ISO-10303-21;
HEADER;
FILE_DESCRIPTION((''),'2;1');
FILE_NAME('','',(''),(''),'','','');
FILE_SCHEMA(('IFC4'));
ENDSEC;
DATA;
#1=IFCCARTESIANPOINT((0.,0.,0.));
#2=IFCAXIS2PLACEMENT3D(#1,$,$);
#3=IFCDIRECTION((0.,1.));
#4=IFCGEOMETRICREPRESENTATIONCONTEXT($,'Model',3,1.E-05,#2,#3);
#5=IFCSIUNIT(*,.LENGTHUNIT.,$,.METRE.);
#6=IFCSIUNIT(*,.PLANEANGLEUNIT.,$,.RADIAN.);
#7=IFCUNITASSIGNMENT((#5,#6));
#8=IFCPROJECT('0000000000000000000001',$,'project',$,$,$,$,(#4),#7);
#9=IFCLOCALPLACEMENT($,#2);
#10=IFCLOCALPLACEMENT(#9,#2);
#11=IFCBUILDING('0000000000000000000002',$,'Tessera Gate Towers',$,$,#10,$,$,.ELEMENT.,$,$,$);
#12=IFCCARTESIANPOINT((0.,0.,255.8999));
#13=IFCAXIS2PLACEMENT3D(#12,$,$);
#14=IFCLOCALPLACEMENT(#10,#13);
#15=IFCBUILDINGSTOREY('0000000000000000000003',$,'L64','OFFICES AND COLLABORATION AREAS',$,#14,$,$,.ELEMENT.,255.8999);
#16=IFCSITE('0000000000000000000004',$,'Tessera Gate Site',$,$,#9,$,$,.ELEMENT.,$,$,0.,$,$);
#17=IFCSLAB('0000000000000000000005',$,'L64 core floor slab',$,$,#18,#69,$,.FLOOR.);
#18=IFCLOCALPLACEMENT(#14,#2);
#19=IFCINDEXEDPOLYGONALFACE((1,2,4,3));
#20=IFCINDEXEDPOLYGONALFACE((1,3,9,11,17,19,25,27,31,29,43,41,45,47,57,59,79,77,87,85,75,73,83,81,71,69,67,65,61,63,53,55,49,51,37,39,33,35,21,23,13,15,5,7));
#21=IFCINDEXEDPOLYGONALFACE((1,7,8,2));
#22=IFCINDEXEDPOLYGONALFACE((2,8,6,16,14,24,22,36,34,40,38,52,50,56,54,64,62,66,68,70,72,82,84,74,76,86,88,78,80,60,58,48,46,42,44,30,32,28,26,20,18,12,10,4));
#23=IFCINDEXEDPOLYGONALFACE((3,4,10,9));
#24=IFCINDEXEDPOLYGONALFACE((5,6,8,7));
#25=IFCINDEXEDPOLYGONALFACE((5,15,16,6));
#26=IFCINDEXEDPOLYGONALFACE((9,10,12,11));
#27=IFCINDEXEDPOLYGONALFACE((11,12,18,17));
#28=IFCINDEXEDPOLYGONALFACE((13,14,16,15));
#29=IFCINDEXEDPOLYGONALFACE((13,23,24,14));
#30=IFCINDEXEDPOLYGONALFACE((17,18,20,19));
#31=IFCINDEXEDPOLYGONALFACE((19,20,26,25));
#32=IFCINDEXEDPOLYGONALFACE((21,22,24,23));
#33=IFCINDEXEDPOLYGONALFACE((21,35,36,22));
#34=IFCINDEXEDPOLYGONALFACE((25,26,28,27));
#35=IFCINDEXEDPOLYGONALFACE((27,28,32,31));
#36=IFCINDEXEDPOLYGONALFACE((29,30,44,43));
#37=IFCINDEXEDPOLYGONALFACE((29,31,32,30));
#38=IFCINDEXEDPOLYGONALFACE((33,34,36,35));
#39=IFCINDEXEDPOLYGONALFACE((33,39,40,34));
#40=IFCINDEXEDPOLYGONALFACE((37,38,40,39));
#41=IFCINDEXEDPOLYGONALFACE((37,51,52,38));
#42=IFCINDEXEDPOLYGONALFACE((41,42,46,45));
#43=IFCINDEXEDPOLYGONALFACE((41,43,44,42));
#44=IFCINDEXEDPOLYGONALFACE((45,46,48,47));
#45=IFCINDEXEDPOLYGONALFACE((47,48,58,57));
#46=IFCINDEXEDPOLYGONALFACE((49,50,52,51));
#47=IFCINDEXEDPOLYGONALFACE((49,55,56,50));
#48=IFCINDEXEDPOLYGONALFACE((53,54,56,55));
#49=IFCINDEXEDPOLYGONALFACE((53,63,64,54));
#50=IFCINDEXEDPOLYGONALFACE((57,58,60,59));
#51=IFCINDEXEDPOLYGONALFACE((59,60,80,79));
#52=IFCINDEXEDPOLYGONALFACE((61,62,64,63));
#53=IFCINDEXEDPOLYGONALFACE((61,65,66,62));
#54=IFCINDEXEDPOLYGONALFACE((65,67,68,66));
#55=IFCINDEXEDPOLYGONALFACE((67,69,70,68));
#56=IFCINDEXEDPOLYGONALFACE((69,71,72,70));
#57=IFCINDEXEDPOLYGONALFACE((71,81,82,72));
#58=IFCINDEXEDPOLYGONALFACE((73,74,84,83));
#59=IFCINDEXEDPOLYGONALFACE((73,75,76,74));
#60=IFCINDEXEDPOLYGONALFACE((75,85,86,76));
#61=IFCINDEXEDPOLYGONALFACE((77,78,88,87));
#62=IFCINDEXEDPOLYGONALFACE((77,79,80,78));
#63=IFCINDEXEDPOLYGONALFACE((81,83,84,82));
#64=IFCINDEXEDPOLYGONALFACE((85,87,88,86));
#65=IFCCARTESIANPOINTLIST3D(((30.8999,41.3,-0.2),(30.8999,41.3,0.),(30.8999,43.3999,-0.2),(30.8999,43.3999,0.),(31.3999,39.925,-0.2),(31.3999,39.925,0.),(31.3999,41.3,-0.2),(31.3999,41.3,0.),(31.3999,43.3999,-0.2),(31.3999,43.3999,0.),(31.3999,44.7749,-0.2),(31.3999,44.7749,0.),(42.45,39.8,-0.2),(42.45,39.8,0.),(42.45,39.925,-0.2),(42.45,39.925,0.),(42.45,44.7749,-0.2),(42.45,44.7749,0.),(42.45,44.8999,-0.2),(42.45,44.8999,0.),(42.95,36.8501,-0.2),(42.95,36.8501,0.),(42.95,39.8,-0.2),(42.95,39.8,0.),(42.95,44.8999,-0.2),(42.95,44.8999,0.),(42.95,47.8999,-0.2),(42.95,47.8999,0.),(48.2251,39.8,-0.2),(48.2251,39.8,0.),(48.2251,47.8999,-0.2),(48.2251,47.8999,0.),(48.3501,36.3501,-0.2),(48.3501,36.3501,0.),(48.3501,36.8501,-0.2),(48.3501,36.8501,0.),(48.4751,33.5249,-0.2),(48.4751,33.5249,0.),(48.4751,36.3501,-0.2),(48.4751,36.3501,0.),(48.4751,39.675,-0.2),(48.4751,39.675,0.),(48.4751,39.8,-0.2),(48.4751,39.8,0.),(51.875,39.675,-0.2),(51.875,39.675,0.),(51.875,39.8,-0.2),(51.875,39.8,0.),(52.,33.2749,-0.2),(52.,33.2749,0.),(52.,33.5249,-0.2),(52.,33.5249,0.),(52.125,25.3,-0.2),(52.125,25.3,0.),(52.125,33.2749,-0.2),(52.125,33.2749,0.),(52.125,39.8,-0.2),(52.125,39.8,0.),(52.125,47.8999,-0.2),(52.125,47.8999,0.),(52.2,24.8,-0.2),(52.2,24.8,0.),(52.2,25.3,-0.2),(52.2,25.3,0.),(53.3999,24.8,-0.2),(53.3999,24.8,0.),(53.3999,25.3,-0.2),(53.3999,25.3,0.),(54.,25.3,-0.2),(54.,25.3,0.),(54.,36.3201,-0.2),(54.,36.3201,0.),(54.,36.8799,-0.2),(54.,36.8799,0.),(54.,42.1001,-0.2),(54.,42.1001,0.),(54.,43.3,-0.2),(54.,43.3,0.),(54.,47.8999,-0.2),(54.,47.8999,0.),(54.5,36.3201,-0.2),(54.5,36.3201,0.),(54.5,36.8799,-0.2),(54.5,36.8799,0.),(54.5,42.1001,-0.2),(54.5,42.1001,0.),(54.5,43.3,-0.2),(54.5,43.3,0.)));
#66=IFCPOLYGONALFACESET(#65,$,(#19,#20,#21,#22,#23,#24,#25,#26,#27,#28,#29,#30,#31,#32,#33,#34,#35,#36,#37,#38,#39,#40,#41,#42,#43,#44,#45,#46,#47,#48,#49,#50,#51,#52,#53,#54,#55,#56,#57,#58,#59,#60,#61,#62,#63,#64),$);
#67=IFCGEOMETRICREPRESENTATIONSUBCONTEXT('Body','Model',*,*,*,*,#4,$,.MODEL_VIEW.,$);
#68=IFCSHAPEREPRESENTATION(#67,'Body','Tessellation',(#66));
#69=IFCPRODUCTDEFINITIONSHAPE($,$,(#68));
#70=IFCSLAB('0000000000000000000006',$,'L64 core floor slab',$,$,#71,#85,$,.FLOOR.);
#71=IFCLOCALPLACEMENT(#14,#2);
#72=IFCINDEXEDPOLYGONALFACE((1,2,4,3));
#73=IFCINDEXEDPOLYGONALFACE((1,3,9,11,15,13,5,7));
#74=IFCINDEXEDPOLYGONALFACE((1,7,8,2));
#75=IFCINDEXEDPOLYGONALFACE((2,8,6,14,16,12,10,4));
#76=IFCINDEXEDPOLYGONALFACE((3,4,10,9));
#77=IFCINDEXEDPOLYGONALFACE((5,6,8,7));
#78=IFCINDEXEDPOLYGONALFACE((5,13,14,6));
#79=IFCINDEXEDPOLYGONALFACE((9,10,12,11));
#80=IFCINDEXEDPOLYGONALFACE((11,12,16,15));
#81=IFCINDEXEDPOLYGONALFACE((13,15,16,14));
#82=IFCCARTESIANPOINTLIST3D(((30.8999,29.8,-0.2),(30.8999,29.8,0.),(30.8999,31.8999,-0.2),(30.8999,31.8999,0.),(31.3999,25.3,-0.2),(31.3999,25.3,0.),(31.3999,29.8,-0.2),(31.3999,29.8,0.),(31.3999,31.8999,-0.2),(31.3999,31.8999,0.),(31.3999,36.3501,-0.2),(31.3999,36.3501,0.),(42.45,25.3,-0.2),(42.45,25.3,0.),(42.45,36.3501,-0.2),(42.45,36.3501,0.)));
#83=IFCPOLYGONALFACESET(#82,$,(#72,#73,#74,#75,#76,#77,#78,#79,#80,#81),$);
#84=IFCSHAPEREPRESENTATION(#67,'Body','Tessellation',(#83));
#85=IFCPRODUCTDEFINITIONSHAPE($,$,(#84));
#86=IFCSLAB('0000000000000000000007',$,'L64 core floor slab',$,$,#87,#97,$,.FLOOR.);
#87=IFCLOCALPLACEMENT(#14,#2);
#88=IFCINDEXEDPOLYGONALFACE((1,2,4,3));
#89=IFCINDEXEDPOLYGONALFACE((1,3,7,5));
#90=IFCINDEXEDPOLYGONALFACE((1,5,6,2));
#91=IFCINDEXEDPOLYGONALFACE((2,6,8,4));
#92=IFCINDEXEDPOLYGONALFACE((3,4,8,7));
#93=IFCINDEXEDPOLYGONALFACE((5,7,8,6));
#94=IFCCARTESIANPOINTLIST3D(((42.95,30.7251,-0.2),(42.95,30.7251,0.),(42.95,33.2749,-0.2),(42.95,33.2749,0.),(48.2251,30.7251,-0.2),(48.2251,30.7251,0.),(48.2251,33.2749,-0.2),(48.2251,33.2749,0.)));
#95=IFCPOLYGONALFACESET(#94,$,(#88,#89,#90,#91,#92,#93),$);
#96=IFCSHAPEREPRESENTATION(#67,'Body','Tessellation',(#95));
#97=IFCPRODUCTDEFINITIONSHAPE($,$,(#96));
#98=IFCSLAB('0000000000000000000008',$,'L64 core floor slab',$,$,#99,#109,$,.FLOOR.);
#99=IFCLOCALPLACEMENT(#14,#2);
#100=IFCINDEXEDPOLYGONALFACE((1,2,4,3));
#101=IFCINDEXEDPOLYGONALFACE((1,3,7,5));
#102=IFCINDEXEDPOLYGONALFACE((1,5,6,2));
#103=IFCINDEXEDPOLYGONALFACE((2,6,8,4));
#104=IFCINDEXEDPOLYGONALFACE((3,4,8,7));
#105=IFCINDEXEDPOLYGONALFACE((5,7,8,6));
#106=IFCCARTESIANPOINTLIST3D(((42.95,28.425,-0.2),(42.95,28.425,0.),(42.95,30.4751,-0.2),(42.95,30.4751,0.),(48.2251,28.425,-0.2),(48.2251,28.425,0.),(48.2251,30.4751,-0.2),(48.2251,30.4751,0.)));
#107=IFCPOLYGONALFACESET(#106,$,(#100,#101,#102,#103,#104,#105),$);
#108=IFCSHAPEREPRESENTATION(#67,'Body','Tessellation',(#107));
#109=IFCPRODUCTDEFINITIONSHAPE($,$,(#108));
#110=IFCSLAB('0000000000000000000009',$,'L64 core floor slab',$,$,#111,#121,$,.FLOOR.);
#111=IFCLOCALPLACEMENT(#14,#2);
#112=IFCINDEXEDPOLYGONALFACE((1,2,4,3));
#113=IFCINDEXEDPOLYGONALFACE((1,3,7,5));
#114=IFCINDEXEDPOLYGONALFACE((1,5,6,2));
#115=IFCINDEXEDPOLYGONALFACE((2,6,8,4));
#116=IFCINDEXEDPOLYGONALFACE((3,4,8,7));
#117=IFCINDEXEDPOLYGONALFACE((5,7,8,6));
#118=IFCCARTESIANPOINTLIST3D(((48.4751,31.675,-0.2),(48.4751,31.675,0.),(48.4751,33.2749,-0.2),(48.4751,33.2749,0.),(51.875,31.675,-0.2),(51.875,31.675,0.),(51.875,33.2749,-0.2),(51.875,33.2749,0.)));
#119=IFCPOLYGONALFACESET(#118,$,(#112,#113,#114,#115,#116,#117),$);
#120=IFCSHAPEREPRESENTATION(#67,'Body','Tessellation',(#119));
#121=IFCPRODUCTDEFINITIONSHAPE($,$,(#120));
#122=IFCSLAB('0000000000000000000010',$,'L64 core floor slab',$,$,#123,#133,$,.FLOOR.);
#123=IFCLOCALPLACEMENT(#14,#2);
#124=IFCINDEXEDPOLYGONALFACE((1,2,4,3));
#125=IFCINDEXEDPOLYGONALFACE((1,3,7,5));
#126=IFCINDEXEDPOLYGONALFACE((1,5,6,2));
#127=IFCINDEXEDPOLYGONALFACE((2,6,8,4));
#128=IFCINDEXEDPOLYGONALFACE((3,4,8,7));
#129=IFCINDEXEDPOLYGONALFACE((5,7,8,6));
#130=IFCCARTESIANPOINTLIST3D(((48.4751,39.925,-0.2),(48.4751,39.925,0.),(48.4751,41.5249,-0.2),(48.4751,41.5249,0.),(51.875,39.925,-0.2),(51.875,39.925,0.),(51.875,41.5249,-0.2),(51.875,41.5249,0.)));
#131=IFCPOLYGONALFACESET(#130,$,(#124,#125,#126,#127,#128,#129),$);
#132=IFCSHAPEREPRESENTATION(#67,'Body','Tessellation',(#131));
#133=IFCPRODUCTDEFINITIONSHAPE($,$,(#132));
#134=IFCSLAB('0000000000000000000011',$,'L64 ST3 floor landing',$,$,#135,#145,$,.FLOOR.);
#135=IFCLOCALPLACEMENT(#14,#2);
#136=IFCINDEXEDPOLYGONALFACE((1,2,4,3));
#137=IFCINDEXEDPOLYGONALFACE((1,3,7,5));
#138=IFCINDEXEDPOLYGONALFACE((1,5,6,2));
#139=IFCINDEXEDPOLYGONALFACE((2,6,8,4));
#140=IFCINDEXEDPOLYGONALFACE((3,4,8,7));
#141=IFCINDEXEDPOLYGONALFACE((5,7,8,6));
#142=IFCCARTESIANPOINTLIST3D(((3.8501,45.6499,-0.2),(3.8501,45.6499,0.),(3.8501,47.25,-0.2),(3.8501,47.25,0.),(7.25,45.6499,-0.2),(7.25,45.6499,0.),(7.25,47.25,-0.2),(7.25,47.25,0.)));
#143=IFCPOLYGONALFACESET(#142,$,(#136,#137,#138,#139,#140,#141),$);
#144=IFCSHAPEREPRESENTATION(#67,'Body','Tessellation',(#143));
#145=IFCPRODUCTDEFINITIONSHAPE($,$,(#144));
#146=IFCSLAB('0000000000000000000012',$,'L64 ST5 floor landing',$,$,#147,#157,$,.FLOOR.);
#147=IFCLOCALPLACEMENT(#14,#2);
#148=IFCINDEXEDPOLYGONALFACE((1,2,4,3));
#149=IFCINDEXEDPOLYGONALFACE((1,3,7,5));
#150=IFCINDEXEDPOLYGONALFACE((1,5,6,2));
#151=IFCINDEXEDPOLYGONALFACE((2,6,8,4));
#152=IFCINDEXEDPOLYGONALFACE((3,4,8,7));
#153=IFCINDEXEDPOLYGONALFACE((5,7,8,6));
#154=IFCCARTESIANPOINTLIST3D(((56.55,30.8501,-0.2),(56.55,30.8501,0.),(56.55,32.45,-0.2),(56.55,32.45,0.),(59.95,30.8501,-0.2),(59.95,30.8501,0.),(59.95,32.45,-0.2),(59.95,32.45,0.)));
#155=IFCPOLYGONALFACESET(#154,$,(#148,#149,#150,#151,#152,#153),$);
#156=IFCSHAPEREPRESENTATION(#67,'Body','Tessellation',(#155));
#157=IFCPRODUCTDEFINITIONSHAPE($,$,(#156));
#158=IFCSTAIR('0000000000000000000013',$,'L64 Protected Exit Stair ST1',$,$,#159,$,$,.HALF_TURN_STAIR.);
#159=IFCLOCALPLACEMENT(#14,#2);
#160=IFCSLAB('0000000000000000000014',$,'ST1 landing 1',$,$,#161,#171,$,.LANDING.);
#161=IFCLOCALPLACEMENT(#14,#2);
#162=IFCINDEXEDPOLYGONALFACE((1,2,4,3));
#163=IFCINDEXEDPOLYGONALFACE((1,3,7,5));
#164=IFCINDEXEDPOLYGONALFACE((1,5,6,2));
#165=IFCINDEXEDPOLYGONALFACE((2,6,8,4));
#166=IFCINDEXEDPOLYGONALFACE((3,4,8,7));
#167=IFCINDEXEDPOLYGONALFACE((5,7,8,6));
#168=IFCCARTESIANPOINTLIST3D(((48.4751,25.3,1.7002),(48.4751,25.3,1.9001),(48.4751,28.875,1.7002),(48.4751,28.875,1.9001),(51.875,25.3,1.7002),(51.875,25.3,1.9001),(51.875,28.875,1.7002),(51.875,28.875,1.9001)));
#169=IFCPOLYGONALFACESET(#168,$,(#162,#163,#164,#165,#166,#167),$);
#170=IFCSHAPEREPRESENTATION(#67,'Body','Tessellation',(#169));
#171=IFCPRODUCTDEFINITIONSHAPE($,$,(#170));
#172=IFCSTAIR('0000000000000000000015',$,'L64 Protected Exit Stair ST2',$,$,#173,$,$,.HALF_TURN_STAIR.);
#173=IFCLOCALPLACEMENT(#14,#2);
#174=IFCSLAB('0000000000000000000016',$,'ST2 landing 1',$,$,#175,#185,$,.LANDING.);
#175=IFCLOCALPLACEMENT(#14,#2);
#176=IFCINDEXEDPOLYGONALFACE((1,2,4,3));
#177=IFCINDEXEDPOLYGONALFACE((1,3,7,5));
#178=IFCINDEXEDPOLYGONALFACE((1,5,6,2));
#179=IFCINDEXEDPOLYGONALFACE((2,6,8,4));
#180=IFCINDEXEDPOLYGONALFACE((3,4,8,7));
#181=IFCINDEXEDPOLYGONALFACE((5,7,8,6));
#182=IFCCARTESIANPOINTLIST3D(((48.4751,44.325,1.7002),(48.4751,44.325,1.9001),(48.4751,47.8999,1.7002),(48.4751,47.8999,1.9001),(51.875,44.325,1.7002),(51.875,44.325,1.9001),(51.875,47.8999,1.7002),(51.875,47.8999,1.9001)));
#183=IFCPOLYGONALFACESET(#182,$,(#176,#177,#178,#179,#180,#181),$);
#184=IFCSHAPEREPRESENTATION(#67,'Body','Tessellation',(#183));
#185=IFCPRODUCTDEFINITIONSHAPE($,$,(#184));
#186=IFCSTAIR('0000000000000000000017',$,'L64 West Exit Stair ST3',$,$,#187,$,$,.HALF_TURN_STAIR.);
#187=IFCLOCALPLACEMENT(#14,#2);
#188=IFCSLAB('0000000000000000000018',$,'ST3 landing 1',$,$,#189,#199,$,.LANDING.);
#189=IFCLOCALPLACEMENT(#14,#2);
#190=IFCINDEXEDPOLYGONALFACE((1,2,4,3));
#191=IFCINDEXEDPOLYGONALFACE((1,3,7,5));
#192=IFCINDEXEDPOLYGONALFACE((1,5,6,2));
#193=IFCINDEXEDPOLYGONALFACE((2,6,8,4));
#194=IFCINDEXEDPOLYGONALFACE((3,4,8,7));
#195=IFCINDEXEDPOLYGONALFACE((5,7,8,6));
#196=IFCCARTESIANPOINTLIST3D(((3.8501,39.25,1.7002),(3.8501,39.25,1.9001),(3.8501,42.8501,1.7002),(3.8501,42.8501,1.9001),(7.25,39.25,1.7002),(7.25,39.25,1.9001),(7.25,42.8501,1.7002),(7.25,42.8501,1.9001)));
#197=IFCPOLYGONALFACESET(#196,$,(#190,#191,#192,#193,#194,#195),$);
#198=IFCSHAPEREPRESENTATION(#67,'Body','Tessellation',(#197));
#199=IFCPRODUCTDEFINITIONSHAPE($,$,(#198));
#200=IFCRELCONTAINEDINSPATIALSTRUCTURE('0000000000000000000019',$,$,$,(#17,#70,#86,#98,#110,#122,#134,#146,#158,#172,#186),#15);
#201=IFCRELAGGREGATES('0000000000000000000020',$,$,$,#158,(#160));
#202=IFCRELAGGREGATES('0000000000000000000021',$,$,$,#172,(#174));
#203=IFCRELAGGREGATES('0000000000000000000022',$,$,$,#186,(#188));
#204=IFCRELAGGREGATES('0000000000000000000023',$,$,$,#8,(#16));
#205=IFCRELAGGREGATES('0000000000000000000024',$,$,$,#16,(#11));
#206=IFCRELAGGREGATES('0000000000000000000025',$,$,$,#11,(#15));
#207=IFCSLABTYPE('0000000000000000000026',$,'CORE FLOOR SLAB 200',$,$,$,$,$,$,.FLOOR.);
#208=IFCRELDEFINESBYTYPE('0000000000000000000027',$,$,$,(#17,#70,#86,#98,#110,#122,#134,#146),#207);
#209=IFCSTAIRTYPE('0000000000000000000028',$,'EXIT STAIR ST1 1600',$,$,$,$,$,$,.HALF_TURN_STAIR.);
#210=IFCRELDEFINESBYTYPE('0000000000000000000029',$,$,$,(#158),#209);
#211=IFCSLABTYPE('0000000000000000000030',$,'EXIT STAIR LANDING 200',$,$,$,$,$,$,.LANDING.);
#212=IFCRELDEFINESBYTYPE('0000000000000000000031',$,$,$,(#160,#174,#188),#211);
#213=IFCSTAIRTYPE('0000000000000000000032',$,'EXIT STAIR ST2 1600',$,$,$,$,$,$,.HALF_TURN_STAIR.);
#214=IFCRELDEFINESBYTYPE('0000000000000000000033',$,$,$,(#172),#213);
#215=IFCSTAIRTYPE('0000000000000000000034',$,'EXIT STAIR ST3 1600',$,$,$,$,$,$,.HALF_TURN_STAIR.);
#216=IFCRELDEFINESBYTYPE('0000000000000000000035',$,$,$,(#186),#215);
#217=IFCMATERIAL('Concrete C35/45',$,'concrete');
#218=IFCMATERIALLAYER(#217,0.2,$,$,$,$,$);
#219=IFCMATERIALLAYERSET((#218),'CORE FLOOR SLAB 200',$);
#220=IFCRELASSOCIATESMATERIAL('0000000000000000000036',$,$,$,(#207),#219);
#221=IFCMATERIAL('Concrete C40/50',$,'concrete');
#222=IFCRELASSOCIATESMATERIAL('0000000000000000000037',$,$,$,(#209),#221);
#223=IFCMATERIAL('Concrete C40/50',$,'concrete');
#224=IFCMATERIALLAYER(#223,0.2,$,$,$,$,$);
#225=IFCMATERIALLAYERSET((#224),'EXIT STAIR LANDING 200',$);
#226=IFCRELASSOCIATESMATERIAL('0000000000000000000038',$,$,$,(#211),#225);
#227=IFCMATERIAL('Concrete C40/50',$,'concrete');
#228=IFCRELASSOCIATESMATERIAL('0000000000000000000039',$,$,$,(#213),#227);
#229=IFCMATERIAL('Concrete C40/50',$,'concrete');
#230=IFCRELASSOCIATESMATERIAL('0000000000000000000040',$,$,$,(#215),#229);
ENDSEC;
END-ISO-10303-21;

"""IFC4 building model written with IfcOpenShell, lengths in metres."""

from ifc_helpers import new_model, si_unit, direction, frame, origin, place, context, subcontext, project, spatial, polyline, outline, extrude, material, layer, layer_set, type_object, element, aggregate, save


model = new_model("IFC4")

# Units and contexts
model_context = context("Model", 3, precision=1e-05, world=origin(), true_north=direction((0.0, 1.0)))
body_context = subcontext(model_context, "Body", "Model", "MODEL_VIEW")
ifc_project = project(units=[si_unit("LENGTHUNIT", "METRE"), si_unit("PLANEANGLEUNIT", "RADIAN")], contexts=[model_context])

# Site, building, storey
site_placement = place(None, origin())
site = spatial("IfcSite", under=ifc_project, at=site_placement, Name="Tessera Gate Site", CompositionType="ELEMENT", RefElevation=0.0)
building_placement = place(site_placement, origin())
building = spatial("IfcBuilding", under=site, at=building_placement, Name="Tessera Gate Towers", CompositionType="ELEMENT")
storey_placement = place(building_placement, frame((0.0, 0.0, 255.8999)))
storey = spatial("IfcBuildingStorey", under=building, at=storey_placement, Name="L64", Description="OFFICES AND COLLABORATION AREAS", CompositionType="ELEMENT", Elevation=255.8999)

# Slabs
ifc_material_1 = material(Name="Concrete C35/45", Category="concrete")
ifc_layer_1 = layer(ifc_material_1, 0.2)
ifc_layer_set_1 = layer_set([ifc_layer_1], Name="CORE FLOOR SLAB 200")
slab_type_1 = type_object("IfcSlabType", Name="CORE FLOOR SLAB 200", PredefinedType="FLOOR", material=ifc_layer_set_1)
slab_1_placement = place(storey_placement, frame((0.0, 0.0, -0.2)))
element("IfcSlab", 1, at=slab_1_placement, inside=storey, type_object=slab_type_1, Name="L64 core floor slab", PredefinedType="FLOOR", context=body_context, shape_type="SweptSolid", body=[
    extrude(outline(polyline([(42.45, 44.8999), (42.45, 44.7749), (31.3999, 44.7749), (31.3999, 43.3999), (30.8999, 43.3999), (30.8999, 41.3), (31.3999, 41.3), (31.3999, 39.925), (42.45, 39.925), (42.45, 39.8), (42.95, 39.8), (42.95, 36.8501), (48.3501, 36.8501), (48.3501, 36.3501), (48.4751, 36.3501), (48.4751, 33.5249), (52.0, 33.5249), (52.0, 33.2749), (52.125, 33.2749), (52.125, 25.3), (52.2, 25.3), (52.2, 24.8), (53.3999, 24.8), (53.3999, 25.3), (54.0, 25.3), (54.0, 36.3201), (54.5, 36.3201), (54.5, 36.8799), (54.0, 36.8799), (54.0, 42.1001), (54.5, 42.1001), (54.5, 43.3), (54.0, 43.3), (54.0, 47.8999), (52.125, 47.8999), (52.125, 39.8), (51.875, 39.8), (51.875, 39.675), (48.4751, 39.675), (48.4751, 39.8), (48.2251, 39.8), (48.2251, 47.8999), (42.95, 47.8999), (42.95, 44.8999), (42.45, 44.8999)])), origin(), (0.0, 0.0, 1.0), 0.2),
])
slab_2_placement = place(storey_placement, frame((0.0, 0.0, -0.2)))
element("IfcSlab", 2, at=slab_2_placement, inside=storey, type_object=slab_type_1, Name="L64 core floor slab", PredefinedType="FLOOR", context=body_context, shape_type="SweptSolid", body=[
    extrude(outline(polyline([(31.3999, 36.3501), (31.3999, 31.8999), (30.8999, 31.8999), (30.8999, 29.8), (31.3999, 29.8), (31.3999, 25.3), (42.45, 25.3), (42.45, 36.3501), (31.3999, 36.3501)])), origin(), (0.0, 0.0, 1.0), 0.2),
])
slab_3_placement = place(storey_placement, frame((0.0, 0.0, -0.2)))
element("IfcSlab", 3, at=slab_3_placement, inside=storey, type_object=slab_type_1, Name="L64 core floor slab", PredefinedType="FLOOR", context=body_context, shape_type="SweptSolid", body=[
    extrude(outline(polyline([(42.95, 33.2749), (42.95, 30.7251), (48.2251, 30.7251), (48.2251, 33.2749), (42.95, 33.2749)])), origin(), (0.0, 0.0, 1.0), 0.2),
])
slab_4_placement = place(storey_placement, frame((0.0, 0.0, -0.2)))
element("IfcSlab", 4, at=slab_4_placement, inside=storey, type_object=slab_type_1, Name="L64 core floor slab", PredefinedType="FLOOR", context=body_context, shape_type="SweptSolid", body=[
    extrude(outline(polyline([(48.2251, 30.4751), (42.95, 30.4751), (42.95, 28.425), (48.2251, 28.425), (48.2251, 30.4751)])), origin(), (0.0, 0.0, 1.0), 0.2),
])
slab_5_placement = place(storey_placement, frame((0.0, 0.0, -0.2)))
element("IfcSlab", 5, at=slab_5_placement, inside=storey, type_object=slab_type_1, Name="L64 core floor slab", PredefinedType="FLOOR", context=body_context, shape_type="SweptSolid", body=[
    extrude(outline(polyline([(51.875, 31.675), (51.875, 33.2749), (48.4751, 33.2749), (48.4751, 31.675), (51.875, 31.675)])), origin(), (0.0, 0.0, 1.0), 0.2),
])
slab_6_placement = place(storey_placement, frame((0.0, 0.0, -0.2)))
element("IfcSlab", 6, at=slab_6_placement, inside=storey, type_object=slab_type_1, Name="L64 core floor slab", PredefinedType="FLOOR", context=body_context, shape_type="SweptSolid", body=[
    extrude(outline(polyline([(48.4751, 41.5249), (48.4751, 39.925), (51.875, 39.925), (51.875, 41.5249), (48.4751, 41.5249)])), origin(), (0.0, 0.0, 1.0), 0.2),
])
slab_7_placement = place(storey_placement, frame((0.0, 0.0, -0.2)))
element("IfcSlab", 7, at=slab_7_placement, inside=storey, type_object=slab_type_1, Name="L64 ST3 floor landing", PredefinedType="FLOOR", context=body_context, shape_type="SweptSolid", body=[
    extrude(outline(polyline([(3.8501, 47.25), (3.8501, 45.6499), (7.25, 45.6499), (7.25, 47.25), (3.8501, 47.25)])), origin(), (0.0, 0.0, 1.0), 0.2),
])
slab_8_placement = place(storey_placement, frame((0.0, 0.0, -0.2)))
element("IfcSlab", 8, at=slab_8_placement, inside=storey, type_object=slab_type_1, Name="L64 ST5 floor landing", PredefinedType="FLOOR", context=body_context, shape_type="SweptSolid", body=[
    extrude(outline(polyline([(59.95, 30.8501), (59.95, 32.45), (56.55, 32.45), (56.55, 30.8501), (59.95, 30.8501)])), origin(), (0.0, 0.0, 1.0), 0.2),
])

# Stairs, slabs
ifc_material_2 = material(Name="Concrete C40/50", Category="concrete")
stair_type_1 = type_object("IfcStairType", Name="EXIT STAIR ST1 1600", PredefinedType="HALF_TURN_STAIR", material=ifc_material_2)
stair_1_placement = place(storey_placement, origin())
stair_1 = element("IfcStair", 9, at=stair_1_placement, inside=storey, type_object=stair_type_1, Name="L64 Protected Exit Stair ST1", PredefinedType="HALF_TURN_STAIR")
ifc_material_3 = material(Name="Concrete C40/50", Category="concrete")
ifc_layer_2 = layer(ifc_material_3, 0.2)
ifc_layer_set_2 = layer_set([ifc_layer_2], Name="EXIT STAIR LANDING 200")
slab_type_2 = type_object("IfcSlabType", Name="EXIT STAIR LANDING 200", PredefinedType="LANDING", material=ifc_layer_set_2)
slab_9_placement = place(storey_placement, frame((0.0, 0.0, 1.7002)))
slab_9 = element("IfcSlab", 10, at=slab_9_placement, type_object=slab_type_2, Name="ST1 landing 1", PredefinedType="LANDING", context=body_context, shape_type="SweptSolid", body=[
    extrude(outline(polyline([(48.4751, 28.875), (48.4751, 25.3), (51.875, 25.3), (51.875, 28.875), (48.4751, 28.875)])), origin(), (0.0, 0.0, 1.0), 0.2),
])
aggregate(stair_1, [slab_9])
ifc_material_4 = material(Name="Concrete C40/50", Category="concrete")
stair_type_2 = type_object("IfcStairType", Name="EXIT STAIR ST2 1600", PredefinedType="HALF_TURN_STAIR", material=ifc_material_4)
stair_2_placement = place(storey_placement, origin())
stair_2 = element("IfcStair", 11, at=stair_2_placement, inside=storey, type_object=stair_type_2, Name="L64 Protected Exit Stair ST2", PredefinedType="HALF_TURN_STAIR")
slab_10_placement = place(storey_placement, frame((0.0, 0.0, 1.7002)))
slab_10 = element("IfcSlab", 12, at=slab_10_placement, type_object=slab_type_2, Name="ST2 landing 1", PredefinedType="LANDING", context=body_context, shape_type="SweptSolid", body=[
    extrude(outline(polyline([(51.875, 44.325), (51.875, 47.8999), (48.4751, 47.8999), (48.4751, 44.325), (51.875, 44.325)])), origin(), (0.0, 0.0, 1.0), 0.2),
])
aggregate(stair_2, [slab_10])
ifc_material_5 = material(Name="Concrete C40/50", Category="concrete")
stair_type_3 = type_object("IfcStairType", Name="EXIT STAIR ST3 1600", PredefinedType="HALF_TURN_STAIR", material=ifc_material_5)
stair_3_placement = place(storey_placement, origin())
stair_3 = element("IfcStair", 13, at=stair_3_placement, inside=storey, type_object=stair_type_3, Name="L64 West Exit Stair ST3", PredefinedType="HALF_TURN_STAIR")
slab_11_placement = place(storey_placement, frame((0.0, 0.0, 1.7002)))
slab_11 = element("IfcSlab", 14, at=slab_11_placement, type_object=slab_type_2, Name="ST3 landing 1", PredefinedType="LANDING", context=body_context, shape_type="SweptSolid", body=[
    extrude(outline(polyline([(3.8501, 42.8501), (3.8501, 39.25), (7.25, 39.25), (7.25, 42.8501), (3.8501, 42.8501)])), origin(), (0.0, 0.0, 1.0), 0.2),
])
aggregate(stair_3, [slab_11])

save(model, "model.ifc")
